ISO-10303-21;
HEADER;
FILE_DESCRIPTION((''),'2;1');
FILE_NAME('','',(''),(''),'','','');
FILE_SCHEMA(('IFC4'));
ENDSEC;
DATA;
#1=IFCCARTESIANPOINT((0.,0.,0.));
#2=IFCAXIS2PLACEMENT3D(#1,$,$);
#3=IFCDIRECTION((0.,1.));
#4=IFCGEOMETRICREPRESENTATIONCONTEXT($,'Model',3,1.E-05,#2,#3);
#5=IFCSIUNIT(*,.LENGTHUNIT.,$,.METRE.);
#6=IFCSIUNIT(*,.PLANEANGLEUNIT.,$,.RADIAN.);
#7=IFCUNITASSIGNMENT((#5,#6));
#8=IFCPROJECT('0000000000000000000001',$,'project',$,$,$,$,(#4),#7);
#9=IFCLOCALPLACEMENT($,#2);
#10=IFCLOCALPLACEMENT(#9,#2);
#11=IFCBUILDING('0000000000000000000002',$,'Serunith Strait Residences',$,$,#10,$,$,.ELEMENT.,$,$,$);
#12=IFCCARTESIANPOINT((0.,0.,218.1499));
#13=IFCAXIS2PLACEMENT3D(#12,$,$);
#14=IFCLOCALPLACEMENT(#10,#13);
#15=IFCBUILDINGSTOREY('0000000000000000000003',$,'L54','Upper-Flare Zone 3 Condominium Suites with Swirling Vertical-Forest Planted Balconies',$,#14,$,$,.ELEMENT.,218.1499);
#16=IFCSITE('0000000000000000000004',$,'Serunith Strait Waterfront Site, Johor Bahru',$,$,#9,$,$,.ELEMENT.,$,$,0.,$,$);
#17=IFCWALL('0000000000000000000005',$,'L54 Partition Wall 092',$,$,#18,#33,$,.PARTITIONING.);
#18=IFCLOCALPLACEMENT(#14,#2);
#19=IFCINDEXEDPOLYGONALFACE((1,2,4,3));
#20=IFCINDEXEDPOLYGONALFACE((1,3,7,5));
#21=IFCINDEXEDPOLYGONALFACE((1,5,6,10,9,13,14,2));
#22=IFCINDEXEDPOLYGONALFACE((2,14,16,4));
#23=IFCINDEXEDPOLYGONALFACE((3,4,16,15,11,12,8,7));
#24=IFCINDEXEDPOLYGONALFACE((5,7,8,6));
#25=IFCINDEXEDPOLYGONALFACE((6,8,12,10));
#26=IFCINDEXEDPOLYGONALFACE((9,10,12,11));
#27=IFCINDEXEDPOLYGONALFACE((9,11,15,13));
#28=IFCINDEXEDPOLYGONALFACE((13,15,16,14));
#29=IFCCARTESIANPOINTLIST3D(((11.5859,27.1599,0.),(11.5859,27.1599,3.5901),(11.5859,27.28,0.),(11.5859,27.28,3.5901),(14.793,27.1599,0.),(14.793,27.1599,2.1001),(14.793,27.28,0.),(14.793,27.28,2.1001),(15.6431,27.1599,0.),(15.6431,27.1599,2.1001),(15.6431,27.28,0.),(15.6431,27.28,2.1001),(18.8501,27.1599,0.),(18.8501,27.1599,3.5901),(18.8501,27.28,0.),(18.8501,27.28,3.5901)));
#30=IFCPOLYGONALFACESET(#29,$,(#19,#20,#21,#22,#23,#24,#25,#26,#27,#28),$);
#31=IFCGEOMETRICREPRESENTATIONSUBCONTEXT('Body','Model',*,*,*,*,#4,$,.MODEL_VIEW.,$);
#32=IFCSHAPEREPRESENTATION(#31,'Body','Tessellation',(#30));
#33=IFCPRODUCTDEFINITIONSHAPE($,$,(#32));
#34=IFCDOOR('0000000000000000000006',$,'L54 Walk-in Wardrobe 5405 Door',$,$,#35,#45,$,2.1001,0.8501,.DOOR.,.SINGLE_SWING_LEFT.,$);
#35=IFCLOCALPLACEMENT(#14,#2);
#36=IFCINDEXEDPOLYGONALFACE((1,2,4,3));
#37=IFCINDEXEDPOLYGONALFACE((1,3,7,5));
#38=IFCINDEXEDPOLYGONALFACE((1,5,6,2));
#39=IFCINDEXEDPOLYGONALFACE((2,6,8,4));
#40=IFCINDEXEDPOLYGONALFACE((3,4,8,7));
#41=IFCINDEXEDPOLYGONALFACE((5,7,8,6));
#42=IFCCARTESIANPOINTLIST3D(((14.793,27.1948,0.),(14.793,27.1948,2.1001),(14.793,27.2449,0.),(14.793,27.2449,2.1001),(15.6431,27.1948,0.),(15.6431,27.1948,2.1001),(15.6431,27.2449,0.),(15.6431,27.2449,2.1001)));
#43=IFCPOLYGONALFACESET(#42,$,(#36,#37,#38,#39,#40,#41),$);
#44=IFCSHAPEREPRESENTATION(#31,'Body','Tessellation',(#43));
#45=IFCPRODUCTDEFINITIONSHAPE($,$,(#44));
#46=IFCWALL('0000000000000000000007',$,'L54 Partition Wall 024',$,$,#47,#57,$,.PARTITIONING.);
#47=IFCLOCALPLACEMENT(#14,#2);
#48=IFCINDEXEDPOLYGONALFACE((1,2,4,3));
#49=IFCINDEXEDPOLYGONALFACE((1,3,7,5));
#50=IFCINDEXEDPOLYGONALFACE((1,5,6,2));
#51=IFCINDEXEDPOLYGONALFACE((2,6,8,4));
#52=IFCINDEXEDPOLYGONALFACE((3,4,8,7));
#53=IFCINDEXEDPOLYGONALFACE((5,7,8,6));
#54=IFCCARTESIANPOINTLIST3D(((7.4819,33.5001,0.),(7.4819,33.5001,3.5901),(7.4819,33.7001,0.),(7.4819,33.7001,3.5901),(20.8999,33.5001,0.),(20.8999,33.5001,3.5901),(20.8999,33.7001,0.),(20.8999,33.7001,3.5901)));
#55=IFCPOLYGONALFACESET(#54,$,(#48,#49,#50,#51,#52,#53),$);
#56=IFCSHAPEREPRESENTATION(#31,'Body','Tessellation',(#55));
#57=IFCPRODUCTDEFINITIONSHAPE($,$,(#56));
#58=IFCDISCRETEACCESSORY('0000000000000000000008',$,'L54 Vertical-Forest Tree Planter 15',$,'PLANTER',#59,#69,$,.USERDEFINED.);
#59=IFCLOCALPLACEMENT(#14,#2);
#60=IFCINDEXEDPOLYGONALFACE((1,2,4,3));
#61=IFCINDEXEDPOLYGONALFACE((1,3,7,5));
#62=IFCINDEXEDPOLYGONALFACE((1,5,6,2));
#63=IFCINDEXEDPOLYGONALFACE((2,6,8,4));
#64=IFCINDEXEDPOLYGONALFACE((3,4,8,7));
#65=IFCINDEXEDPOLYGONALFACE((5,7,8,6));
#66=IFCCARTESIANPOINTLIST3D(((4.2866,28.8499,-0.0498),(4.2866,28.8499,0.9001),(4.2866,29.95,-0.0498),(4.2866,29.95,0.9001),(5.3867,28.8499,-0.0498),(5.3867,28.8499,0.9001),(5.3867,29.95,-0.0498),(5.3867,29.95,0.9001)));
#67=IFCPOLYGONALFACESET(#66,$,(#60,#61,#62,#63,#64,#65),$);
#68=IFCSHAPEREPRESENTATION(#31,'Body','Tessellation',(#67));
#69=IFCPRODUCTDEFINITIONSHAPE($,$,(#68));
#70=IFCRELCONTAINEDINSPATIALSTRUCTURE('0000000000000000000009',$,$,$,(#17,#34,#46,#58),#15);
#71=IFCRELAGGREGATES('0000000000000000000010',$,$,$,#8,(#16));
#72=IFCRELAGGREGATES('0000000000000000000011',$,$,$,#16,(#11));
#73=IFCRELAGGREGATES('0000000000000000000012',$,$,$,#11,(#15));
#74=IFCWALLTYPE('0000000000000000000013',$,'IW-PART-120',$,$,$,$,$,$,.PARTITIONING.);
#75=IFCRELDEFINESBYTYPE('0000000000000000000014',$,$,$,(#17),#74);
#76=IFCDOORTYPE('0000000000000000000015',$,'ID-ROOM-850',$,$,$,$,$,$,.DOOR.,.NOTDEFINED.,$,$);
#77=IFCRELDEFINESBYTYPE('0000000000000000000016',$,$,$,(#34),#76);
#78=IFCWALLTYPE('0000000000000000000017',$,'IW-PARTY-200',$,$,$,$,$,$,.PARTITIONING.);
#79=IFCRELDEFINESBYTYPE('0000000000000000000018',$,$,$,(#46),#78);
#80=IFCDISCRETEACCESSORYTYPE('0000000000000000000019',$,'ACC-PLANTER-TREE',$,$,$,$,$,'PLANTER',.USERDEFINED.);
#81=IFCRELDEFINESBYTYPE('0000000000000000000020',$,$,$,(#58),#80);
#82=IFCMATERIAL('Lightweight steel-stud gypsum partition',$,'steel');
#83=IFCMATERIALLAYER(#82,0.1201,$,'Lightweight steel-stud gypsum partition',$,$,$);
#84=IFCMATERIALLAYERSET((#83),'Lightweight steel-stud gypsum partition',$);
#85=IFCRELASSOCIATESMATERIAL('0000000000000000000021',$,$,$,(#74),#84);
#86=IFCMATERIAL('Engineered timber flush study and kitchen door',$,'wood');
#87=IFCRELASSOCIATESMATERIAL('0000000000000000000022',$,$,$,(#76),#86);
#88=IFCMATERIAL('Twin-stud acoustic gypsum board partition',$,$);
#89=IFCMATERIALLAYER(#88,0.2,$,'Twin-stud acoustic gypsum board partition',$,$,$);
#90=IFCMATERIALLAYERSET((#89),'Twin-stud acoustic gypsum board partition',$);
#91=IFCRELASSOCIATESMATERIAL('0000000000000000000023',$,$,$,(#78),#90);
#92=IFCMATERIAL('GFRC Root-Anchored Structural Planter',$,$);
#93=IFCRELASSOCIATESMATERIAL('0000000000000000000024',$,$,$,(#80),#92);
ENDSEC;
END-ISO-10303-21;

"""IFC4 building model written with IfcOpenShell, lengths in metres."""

from ifc_helpers import new_model, si_unit, direction, frame, frame_2d, origin, origin_2d, place, context, subcontext, project, spatial, rectangle, extrude, source, transform, mapped, material, layer, layer_set, type_object, element, fill, save


model = new_model("IFC4")

# Units and contexts
model_context = context("Model", 3, precision=1e-05, world=origin(), true_north=direction((0.0, 1.0)))
body_context = subcontext(model_context, "Body", "Model", "MODEL_VIEW")
ifc_project = project(units=[si_unit("LENGTHUNIT", "METRE"), si_unit("PLANEANGLEUNIT", "RADIAN")], contexts=[model_context])

# Site, building, storey
site_placement = place(None, origin())
site = spatial("IfcSite", under=ifc_project, at=site_placement, Name="Serunith Strait Waterfront Site, Johor Bahru", CompositionType="ELEMENT", RefElevation=0.0)
building_placement = place(site_placement, origin())
building = spatial("IfcBuilding", under=site, at=building_placement, Name="Serunith Strait Residences", CompositionType="ELEMENT")
storey_placement = place(building_placement, frame((0.0, 0.0, 218.1499)))
storey = spatial("IfcBuildingStorey", under=building, at=storey_placement, Name="L54", Description="Upper-Flare Zone 3 Condominium Suites with Swirling Vertical-Forest Planted Balconies", CompositionType="ELEMENT", Elevation=218.1499)

# Shared definitions
ifc_material_1 = material(Name="Lightweight steel-stud gypsum partition", Category="steel")
ifc_layer_1 = layer(ifc_material_1, 0.1201, Name="Lightweight steel-stud gypsum partition")
ifc_layer_set_1 = layer_set([ifc_layer_1], Name="Lightweight steel-stud gypsum partition")
wall_type_1 = type_object("IfcWallType", Name="IW-PART-120", PredefinedType="PARTITIONING", material=ifc_layer_set_1)
ifc_material_2 = material(Name="Engineered timber flush study and kitchen door", Category="wood")
door_type_1 = type_object("IfcDoorType", Name="ID-ROOM-850", OperationType="NOTDEFINED", PredefinedType="DOOR", material=ifc_material_2)
shared_shape_1 = source(origin(), body_context, "Body", "SweptSolid", [
    extrude(rectangle(XDim=0.8501, YDim=2.1001, at=frame_2d((0.425, 1.05))), frame((0.0, 0.0249, 0.0), z_axis=(0.0, -1.0, 0.0), x_axis=(1.0, 0.0, 0.0)), (0.0, 0.0, 1.0), 0.05),
])

# Wall, opening, door
wall_1_placement = place(storey_placement, frame((11.5859, 27.22, 0.0), z_axis=(0.0, 0.0, 1.0), x_axis=(1.0, 0.0, 0.0)))
wall_1 = element("IfcWall", 1, at=wall_1_placement, inside=storey, type_object=wall_type_1, Name="L54 Partition Wall 092", PredefinedType="PARTITIONING", context=body_context, shape_type="SweptSolid", body=[
    extrude(rectangle(XDim=7.2642, YDim=0.1201, at=frame_2d((3.6321, 0.0))), origin(), (0.0, 0.0, 1.0), 3.5901),
])
opening_1_placement = place(wall_1_placement, frame((3.207, 0.0, 0.0)))
opening_1 = element("IfcOpeningElement", 2, at=opening_1_placement, cuts=wall_1, PredefinedType="OPENING", context=body_context, shape_type="SweptSolid", body=[
    extrude(rectangle(XDim=0.8501, YDim=2.1001, at=frame_2d((0.425, 1.05))), frame((0.0, 0.0701, 0.0), z_axis=(0.0, -1.0, 0.0), x_axis=(1.0, 0.0, 0.0)), (0.0, 0.0, 1.0), 0.1401),
])
door_1_placement = place(opening_1_placement, origin())
door_1 = element("IfcDoor", 3, at=door_1_placement, inside=storey, type_object=door_type_1, Name="L54 Walk-in Wardrobe 5405 Door", OperationType="SINGLE_SWING_LEFT", OverallHeight=2.1001, OverallWidth=0.8501, PredefinedType="DOOR", context=body_context, shape_type="MappedRepresentation", body=[
    mapped(shared_shape_1, transform((0.0, 0.0, 0.0), scale=1.0)),
])
fill(opening_1, door_1)

# Wall
ifc_material_3 = material(Name="Twin-stud acoustic gypsum board partition")
ifc_layer_2 = layer(ifc_material_3, 0.2, Name="Twin-stud acoustic gypsum board partition")
ifc_layer_set_2 = layer_set([ifc_layer_2], Name="Twin-stud acoustic gypsum board partition")
wall_type_2 = type_object("IfcWallType", Name="IW-PARTY-200", PredefinedType="PARTITIONING", material=ifc_layer_set_2)
wall_2_placement = place(storey_placement, frame((7.4819, 33.6001, 0.0), z_axis=(0.0, 0.0, 1.0), x_axis=(1.0, 0.0, 0.0)))
element("IfcWall", 4, at=wall_2_placement, inside=storey, type_object=wall_type_2, Name="L54 Partition Wall 024", PredefinedType="PARTITIONING", context=body_context, shape_type="SweptSolid", body=[
    extrude(rectangle(XDim=13.418, YDim=0.2, at=frame_2d((6.709, 0.0))), origin(), (0.0, 0.0, 1.0), 3.5901),
])

# Discrete accessory
ifc_material_4 = material(Name="GFRC Root-Anchored Structural Planter")
discrete_accessory_type = type_object("IfcDiscreteAccessoryType", Name="ACC-PLANTER-TREE", ElementType="PLANTER", PredefinedType="USERDEFINED", material=ifc_material_4)
shared_shape_2 = source(origin(), body_context, "Body", "SweptSolid", [
    extrude(rectangle(XDim=1.1001, YDim=1.1001, at=origin_2d()), origin(), (0.0, 0.0, 1.0), 0.95),
])
discrete_accessory_placement = place(storey_placement, frame((4.8367, 29.3999, -0.0498), z_axis=(0.0, 0.0, 1.0), x_axis=(0.0, -1.0, 0.0)))
element("IfcDiscreteAccessory", 5, at=discrete_accessory_placement, inside=storey, type_object=discrete_accessory_type, Name="L54 Vertical-Forest Tree Planter 15", ObjectType="PLANTER", PredefinedType="USERDEFINED", context=body_context, shape_type="MappedRepresentation", body=[
    mapped(shared_shape_2, transform((0.0, 0.0, 0.0), scale=1.0)),
])

save(model, "model.ifc")
